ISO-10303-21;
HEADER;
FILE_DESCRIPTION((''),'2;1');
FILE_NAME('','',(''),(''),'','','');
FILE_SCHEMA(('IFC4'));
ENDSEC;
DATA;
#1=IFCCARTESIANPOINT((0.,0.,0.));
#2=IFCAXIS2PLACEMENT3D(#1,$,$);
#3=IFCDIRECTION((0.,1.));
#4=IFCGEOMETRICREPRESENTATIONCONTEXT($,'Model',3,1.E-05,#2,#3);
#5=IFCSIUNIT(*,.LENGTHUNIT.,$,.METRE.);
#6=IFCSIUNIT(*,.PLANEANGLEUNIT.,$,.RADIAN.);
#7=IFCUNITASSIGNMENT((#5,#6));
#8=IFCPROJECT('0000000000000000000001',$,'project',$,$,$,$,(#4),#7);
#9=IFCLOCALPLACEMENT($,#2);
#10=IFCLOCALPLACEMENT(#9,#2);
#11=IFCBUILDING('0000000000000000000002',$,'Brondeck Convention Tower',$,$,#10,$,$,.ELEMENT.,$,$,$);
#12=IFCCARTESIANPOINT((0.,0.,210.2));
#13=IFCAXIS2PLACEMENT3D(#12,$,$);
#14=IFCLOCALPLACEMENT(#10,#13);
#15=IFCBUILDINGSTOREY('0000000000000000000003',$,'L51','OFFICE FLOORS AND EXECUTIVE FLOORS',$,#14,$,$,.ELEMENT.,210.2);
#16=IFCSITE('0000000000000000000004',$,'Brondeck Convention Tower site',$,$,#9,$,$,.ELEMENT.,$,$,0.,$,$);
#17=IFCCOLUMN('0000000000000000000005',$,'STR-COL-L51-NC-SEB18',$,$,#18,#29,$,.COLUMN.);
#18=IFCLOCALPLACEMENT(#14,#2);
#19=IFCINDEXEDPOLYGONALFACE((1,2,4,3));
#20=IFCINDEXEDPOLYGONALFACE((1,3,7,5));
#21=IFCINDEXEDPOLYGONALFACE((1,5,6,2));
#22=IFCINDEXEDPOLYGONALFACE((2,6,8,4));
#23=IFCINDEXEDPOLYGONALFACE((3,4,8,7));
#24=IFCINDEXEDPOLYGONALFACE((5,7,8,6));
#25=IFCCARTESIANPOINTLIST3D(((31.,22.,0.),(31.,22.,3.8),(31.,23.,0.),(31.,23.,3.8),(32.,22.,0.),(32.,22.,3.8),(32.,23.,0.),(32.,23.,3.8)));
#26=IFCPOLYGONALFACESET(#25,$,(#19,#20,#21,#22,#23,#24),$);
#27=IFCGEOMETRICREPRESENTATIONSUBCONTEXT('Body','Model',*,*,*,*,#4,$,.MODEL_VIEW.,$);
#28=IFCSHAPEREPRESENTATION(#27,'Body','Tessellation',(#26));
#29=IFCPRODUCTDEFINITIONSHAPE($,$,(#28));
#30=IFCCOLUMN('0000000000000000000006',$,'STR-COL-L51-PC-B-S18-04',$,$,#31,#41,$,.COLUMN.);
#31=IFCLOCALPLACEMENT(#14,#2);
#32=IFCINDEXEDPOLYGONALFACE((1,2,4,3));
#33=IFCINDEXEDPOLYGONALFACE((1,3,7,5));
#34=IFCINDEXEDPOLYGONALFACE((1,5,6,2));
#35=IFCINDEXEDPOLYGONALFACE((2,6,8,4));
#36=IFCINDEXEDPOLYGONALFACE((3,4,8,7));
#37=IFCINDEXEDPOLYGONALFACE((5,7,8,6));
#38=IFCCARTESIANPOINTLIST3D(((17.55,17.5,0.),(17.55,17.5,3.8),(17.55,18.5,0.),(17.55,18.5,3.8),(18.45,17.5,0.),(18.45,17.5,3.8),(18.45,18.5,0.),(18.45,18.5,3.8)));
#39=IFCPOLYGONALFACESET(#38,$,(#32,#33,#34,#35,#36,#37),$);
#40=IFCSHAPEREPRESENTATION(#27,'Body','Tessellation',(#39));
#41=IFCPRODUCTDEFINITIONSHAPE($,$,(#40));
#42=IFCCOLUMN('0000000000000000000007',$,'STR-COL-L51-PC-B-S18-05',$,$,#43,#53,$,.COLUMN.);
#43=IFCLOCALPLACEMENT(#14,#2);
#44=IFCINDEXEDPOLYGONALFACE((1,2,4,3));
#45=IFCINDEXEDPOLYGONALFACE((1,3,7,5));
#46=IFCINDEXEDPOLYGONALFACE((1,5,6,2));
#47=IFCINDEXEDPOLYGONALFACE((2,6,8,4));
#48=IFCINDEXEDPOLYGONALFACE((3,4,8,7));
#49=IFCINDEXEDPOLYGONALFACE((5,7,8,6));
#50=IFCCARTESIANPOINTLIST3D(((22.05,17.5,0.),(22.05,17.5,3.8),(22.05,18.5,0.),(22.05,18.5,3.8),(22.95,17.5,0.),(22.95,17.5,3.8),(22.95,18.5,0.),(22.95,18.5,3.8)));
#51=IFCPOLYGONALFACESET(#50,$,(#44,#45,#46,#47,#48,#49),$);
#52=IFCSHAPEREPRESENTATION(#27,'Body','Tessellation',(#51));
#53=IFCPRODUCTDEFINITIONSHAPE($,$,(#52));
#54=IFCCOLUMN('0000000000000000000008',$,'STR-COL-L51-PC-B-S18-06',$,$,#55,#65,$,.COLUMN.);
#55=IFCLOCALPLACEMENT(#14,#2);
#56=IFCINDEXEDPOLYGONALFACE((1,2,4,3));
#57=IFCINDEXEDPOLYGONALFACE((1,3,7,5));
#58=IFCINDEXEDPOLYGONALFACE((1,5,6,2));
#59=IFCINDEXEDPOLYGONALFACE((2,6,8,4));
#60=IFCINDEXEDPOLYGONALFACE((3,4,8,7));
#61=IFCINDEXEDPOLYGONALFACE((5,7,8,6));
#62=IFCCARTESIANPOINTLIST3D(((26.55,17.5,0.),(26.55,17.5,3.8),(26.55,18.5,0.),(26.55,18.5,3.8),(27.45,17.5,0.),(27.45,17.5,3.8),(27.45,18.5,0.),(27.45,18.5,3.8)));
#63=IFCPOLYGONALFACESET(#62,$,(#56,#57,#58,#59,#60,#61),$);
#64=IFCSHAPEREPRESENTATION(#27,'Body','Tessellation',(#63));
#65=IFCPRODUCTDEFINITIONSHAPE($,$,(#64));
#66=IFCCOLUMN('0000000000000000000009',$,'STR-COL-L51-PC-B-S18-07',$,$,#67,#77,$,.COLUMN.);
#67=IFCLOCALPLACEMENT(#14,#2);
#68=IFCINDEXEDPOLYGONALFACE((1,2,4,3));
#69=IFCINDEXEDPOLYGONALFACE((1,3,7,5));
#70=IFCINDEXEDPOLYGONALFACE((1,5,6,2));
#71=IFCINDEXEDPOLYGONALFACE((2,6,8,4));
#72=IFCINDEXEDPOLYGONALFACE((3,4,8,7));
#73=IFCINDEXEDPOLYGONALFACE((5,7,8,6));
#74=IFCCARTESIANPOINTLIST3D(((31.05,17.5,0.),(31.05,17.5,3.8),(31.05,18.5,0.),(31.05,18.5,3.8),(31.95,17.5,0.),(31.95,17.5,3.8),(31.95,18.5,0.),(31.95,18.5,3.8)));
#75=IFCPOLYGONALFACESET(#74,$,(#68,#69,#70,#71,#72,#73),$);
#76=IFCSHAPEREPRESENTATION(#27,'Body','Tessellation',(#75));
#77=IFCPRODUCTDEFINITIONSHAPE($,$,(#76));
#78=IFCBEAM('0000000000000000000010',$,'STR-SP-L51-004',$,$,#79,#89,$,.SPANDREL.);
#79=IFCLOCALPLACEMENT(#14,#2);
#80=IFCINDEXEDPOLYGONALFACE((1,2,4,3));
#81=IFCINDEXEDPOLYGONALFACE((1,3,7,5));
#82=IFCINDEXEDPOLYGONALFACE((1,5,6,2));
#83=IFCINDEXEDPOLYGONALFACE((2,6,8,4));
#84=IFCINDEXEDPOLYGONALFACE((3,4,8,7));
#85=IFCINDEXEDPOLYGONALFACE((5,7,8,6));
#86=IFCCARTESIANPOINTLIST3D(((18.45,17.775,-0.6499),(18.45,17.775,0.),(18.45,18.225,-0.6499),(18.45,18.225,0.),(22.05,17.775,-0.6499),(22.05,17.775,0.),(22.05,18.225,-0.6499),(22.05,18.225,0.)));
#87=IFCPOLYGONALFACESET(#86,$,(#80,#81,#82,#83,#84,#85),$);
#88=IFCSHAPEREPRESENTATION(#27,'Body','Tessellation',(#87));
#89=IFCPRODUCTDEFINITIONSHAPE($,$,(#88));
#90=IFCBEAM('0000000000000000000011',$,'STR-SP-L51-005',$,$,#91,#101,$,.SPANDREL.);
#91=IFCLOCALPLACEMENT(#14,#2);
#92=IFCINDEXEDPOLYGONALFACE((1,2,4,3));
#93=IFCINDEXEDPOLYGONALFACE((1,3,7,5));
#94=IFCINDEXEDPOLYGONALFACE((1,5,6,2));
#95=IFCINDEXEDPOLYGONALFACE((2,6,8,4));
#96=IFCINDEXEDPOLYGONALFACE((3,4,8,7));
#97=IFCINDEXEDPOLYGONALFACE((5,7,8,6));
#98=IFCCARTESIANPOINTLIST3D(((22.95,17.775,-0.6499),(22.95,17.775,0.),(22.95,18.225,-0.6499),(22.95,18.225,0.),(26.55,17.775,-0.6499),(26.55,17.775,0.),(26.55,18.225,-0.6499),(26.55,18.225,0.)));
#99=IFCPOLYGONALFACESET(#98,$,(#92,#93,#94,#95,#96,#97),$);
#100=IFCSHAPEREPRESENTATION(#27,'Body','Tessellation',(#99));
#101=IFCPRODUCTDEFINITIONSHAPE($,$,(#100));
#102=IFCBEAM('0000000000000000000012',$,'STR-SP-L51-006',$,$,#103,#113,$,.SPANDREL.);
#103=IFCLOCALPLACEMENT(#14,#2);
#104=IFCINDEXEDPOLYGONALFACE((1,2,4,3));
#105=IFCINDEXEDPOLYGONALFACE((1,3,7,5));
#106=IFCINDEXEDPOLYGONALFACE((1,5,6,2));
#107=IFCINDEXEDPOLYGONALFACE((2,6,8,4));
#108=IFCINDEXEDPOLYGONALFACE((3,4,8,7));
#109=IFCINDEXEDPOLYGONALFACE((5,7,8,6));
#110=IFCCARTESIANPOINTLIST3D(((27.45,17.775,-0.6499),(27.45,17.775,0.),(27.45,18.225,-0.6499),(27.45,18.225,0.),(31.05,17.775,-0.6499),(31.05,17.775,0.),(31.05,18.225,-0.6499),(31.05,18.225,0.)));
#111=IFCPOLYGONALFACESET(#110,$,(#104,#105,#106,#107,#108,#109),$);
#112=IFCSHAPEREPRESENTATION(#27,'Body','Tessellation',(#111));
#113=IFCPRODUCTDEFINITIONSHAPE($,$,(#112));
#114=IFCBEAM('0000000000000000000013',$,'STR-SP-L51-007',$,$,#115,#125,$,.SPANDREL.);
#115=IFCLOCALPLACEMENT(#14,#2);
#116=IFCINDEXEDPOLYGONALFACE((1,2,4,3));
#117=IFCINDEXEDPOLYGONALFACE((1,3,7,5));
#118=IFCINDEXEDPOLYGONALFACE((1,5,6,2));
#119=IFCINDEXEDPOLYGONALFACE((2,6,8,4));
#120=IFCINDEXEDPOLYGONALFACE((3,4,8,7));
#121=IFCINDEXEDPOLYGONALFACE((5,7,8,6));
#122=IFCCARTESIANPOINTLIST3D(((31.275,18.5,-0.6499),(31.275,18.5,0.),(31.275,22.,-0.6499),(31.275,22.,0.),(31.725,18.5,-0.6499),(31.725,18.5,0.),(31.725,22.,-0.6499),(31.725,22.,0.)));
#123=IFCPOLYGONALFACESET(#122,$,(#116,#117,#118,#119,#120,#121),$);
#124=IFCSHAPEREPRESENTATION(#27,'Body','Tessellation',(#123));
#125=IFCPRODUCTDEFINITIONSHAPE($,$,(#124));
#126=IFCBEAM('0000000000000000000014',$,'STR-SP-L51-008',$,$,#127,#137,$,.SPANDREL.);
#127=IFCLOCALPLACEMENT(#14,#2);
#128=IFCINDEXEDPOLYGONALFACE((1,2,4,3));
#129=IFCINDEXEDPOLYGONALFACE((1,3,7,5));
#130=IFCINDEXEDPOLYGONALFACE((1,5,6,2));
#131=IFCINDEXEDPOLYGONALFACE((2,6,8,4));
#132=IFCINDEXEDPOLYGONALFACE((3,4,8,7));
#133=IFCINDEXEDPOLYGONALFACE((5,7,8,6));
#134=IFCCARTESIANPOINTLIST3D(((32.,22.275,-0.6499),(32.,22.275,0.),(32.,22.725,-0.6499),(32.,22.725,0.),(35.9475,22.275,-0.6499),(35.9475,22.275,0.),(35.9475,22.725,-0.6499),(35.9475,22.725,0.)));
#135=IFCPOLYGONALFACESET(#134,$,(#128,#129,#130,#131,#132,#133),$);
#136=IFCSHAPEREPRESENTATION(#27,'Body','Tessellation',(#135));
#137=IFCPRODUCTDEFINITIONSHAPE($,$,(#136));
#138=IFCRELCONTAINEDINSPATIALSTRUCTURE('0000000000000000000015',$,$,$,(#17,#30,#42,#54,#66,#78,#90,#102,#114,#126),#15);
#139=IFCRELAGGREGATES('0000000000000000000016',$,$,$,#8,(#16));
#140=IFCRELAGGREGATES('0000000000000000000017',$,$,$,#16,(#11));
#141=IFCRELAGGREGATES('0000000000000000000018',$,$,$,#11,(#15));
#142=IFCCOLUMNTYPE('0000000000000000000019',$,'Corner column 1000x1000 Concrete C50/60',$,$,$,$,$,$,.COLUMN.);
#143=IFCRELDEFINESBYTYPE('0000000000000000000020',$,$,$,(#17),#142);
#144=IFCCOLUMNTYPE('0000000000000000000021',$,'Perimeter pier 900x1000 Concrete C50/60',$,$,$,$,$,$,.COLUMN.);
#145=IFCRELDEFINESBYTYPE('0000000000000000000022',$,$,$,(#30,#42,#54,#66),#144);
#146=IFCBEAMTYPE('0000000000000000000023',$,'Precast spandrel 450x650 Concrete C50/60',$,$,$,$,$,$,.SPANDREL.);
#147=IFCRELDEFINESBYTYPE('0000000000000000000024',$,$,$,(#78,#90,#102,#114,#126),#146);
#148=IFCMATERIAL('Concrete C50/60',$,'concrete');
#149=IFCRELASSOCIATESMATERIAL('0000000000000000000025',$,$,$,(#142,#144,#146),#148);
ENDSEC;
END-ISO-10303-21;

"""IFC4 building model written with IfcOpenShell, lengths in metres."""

from ifc_helpers import new_model, si_unit, direction, frame, origin, origin_2d, place, context, subcontext, project, spatial, rectangle, extrude, material, material_profile, profile_set, type_object, element, save


model = new_model("IFC4")

# Units and contexts
model_context = context("Model", 3, precision=1e-05, world=origin(), true_north=direction((0.0, 1.0)))
body_context = subcontext(model_context, "Body", "Model", "MODEL_VIEW")
ifc_project = project(units=[si_unit("LENGTHUNIT", "METRE"), si_unit("PLANEANGLEUNIT", "RADIAN")], contexts=[model_context])

# Site, building, storey
site_placement = place(None, origin())
site = spatial("IfcSite", under=ifc_project, at=site_placement, Name="Brondeck Convention Tower site", CompositionType="ELEMENT", RefElevation=0.0)
building_placement = place(site_placement, origin())
building = spatial("IfcBuilding", under=site, at=building_placement, Name="Brondeck Convention Tower", CompositionType="ELEMENT")
storey_placement = place(building_placement, frame((0.0, 0.0, 210.2)))
storey = spatial("IfcBuildingStorey", under=building, at=storey_placement, Name="L51", Description="OFFICE FLOORS AND EXECUTIVE FLOORS", CompositionType="ELEMENT", Elevation=210.2)

# Columns
ifc_material_1 = material(Name="Concrete C50/60", Category="concrete")
ifc_material_profile_1 = material_profile(ifc_material_1, rectangle(XDim=1.0, YDim=1.0, at=origin_2d()), Name="Corner column 1000x1000 Concrete C50/60")
ifc_profile_set_1 = profile_set([ifc_material_profile_1], Name="Concrete C50/60")
column_type_1 = type_object("IfcColumnType", Name="Corner column 1000x1000 Concrete C50/60", PredefinedType="COLUMN", material=ifc_profile_set_1)
column_placement = place(storey_placement, frame((31.5, 22.5, 0.0), z_axis=(0.0, 0.0, 1.0), x_axis=(1.0, 0.0, 0.0)))
element("IfcColumn", 1, at=column_placement, inside=storey, type_object=column_type_1, Name="STR-COL-L51-NC-SEB18", PredefinedType="COLUMN", context=body_context, shape_type="SweptSolid", body=[
    extrude(rectangle(XDim=1.0, YDim=1.0, at=origin_2d()), origin(), (0.0, 0.0, 1.0), 3.8),
])
ifc_material_profile_2 = material_profile(ifc_material_1, rectangle(XDim=0.8999, YDim=1.0, at=origin_2d()), Name="Perimeter pier 900x1000 Concrete C50/60")
ifc_profile_set_2 = profile_set([ifc_material_profile_2], Name="Concrete C50/60")
column_type_2 = type_object("IfcColumnType", Name="Perimeter pier 900x1000 Concrete C50/60", PredefinedType="COLUMN", material=ifc_profile_set_2)
for number, where, z_axis, x_axis, name in (
    (2, (18.0, 18.0, 0.0), (0.0, 0.0, 1.0), (1.0, 0.0, 0.0), "STR-COL-L51-PC-B-S18-04"),
    (3, (22.5, 18.0, 0.0), (0.0, 0.0, 1.0), (1.0, 0.0, 0.0), "STR-COL-L51-PC-B-S18-05"),
    (4, (27.0, 18.0, 0.0), (0.0, 0.0, 1.0), (1.0, 0.0, 0.0), "STR-COL-L51-PC-B-S18-06"),
    (5, (31.5, 18.0, 0.0), (0.0, 0.0, 1.0), (1.0, 0.0, 0.0), "STR-COL-L51-PC-B-S18-07"),
):
    element("IfcColumn", number, at=place(storey_placement, frame(where, z_axis=z_axis, x_axis=x_axis)), inside=storey, type_object=column_type_2, Name=name, PredefinedType="COLUMN", context=body_context, shape_type="SweptSolid", body=[
        extrude(rectangle(XDim=0.8999, YDim=1.0, at=origin_2d()), origin(), (0.0, 0.0, 1.0), 3.8),
    ])

# Beams
ifc_material_profile_3 = material_profile(ifc_material_1, rectangle(XDim=0.45, YDim=0.6499, at=origin_2d()), Name="Precast spandrel 450x650 Concrete C50/60")
ifc_profile_set_3 = profile_set([ifc_material_profile_3], Name="Concrete C50/60")
beam_type = type_object("IfcBeamType", Name="Precast spandrel 450x650 Concrete C50/60", PredefinedType="SPANDREL", material=ifc_profile_set_3)
for number, where, z_axis, x_axis, name in (
    (6, (18.45, 18.0, -0.325), (1.0, 0.0, 0.0), (0.0, 1.0, 0.0), "STR-SP-L51-004"),
    (7, (22.95, 18.0, -0.325), (1.0, 0.0, 0.0), (0.0, 1.0, 0.0), "STR-SP-L51-005"),
    (8, (27.45, 18.0, -0.325), (1.0, 0.0, 0.0), (0.0, 1.0, 0.0), "STR-SP-L51-006"),
):
    element("IfcBeam", number, at=place(storey_placement, frame(where, z_axis=z_axis, x_axis=x_axis)), inside=storey, type_object=beam_type, Name=name, PredefinedType="SPANDREL", context=body_context, shape_type="SweptSolid", body=[
        extrude(rectangle(XDim=0.45, YDim=0.6499, at=origin_2d()), origin(), (0.0, 0.0, 1.0), 3.6001),
    ])
beam_1_placement = place(storey_placement, frame((31.5, 18.5, -0.325), z_axis=(0.0, 1.0, 0.0), x_axis=(-1.0, 0.0, 0.0)))
element("IfcBeam", 9, at=beam_1_placement, inside=storey, type_object=beam_type, Name="STR-SP-L51-007", PredefinedType="SPANDREL", context=body_context, shape_type="SweptSolid", body=[
    extrude(rectangle(XDim=0.45, YDim=0.6499, at=origin_2d()), origin(), (0.0, 0.0, 1.0), 3.5),
])
beam_2_placement = place(storey_placement, frame((32.0, 22.5, -0.325), z_axis=(1.0, 0.0, 0.0), x_axis=(0.0, 1.0, 0.0)))
element("IfcBeam", 10, at=beam_2_placement, inside=storey, type_object=beam_type, Name="STR-SP-L51-008", PredefinedType="SPANDREL", context=body_context, shape_type="SweptSolid", body=[
    extrude(rectangle(XDim=0.45, YDim=0.6499, at=origin_2d()), origin(), (0.0, 0.0, 1.0), 3.9475),
])

save(model, "model.ifc")
